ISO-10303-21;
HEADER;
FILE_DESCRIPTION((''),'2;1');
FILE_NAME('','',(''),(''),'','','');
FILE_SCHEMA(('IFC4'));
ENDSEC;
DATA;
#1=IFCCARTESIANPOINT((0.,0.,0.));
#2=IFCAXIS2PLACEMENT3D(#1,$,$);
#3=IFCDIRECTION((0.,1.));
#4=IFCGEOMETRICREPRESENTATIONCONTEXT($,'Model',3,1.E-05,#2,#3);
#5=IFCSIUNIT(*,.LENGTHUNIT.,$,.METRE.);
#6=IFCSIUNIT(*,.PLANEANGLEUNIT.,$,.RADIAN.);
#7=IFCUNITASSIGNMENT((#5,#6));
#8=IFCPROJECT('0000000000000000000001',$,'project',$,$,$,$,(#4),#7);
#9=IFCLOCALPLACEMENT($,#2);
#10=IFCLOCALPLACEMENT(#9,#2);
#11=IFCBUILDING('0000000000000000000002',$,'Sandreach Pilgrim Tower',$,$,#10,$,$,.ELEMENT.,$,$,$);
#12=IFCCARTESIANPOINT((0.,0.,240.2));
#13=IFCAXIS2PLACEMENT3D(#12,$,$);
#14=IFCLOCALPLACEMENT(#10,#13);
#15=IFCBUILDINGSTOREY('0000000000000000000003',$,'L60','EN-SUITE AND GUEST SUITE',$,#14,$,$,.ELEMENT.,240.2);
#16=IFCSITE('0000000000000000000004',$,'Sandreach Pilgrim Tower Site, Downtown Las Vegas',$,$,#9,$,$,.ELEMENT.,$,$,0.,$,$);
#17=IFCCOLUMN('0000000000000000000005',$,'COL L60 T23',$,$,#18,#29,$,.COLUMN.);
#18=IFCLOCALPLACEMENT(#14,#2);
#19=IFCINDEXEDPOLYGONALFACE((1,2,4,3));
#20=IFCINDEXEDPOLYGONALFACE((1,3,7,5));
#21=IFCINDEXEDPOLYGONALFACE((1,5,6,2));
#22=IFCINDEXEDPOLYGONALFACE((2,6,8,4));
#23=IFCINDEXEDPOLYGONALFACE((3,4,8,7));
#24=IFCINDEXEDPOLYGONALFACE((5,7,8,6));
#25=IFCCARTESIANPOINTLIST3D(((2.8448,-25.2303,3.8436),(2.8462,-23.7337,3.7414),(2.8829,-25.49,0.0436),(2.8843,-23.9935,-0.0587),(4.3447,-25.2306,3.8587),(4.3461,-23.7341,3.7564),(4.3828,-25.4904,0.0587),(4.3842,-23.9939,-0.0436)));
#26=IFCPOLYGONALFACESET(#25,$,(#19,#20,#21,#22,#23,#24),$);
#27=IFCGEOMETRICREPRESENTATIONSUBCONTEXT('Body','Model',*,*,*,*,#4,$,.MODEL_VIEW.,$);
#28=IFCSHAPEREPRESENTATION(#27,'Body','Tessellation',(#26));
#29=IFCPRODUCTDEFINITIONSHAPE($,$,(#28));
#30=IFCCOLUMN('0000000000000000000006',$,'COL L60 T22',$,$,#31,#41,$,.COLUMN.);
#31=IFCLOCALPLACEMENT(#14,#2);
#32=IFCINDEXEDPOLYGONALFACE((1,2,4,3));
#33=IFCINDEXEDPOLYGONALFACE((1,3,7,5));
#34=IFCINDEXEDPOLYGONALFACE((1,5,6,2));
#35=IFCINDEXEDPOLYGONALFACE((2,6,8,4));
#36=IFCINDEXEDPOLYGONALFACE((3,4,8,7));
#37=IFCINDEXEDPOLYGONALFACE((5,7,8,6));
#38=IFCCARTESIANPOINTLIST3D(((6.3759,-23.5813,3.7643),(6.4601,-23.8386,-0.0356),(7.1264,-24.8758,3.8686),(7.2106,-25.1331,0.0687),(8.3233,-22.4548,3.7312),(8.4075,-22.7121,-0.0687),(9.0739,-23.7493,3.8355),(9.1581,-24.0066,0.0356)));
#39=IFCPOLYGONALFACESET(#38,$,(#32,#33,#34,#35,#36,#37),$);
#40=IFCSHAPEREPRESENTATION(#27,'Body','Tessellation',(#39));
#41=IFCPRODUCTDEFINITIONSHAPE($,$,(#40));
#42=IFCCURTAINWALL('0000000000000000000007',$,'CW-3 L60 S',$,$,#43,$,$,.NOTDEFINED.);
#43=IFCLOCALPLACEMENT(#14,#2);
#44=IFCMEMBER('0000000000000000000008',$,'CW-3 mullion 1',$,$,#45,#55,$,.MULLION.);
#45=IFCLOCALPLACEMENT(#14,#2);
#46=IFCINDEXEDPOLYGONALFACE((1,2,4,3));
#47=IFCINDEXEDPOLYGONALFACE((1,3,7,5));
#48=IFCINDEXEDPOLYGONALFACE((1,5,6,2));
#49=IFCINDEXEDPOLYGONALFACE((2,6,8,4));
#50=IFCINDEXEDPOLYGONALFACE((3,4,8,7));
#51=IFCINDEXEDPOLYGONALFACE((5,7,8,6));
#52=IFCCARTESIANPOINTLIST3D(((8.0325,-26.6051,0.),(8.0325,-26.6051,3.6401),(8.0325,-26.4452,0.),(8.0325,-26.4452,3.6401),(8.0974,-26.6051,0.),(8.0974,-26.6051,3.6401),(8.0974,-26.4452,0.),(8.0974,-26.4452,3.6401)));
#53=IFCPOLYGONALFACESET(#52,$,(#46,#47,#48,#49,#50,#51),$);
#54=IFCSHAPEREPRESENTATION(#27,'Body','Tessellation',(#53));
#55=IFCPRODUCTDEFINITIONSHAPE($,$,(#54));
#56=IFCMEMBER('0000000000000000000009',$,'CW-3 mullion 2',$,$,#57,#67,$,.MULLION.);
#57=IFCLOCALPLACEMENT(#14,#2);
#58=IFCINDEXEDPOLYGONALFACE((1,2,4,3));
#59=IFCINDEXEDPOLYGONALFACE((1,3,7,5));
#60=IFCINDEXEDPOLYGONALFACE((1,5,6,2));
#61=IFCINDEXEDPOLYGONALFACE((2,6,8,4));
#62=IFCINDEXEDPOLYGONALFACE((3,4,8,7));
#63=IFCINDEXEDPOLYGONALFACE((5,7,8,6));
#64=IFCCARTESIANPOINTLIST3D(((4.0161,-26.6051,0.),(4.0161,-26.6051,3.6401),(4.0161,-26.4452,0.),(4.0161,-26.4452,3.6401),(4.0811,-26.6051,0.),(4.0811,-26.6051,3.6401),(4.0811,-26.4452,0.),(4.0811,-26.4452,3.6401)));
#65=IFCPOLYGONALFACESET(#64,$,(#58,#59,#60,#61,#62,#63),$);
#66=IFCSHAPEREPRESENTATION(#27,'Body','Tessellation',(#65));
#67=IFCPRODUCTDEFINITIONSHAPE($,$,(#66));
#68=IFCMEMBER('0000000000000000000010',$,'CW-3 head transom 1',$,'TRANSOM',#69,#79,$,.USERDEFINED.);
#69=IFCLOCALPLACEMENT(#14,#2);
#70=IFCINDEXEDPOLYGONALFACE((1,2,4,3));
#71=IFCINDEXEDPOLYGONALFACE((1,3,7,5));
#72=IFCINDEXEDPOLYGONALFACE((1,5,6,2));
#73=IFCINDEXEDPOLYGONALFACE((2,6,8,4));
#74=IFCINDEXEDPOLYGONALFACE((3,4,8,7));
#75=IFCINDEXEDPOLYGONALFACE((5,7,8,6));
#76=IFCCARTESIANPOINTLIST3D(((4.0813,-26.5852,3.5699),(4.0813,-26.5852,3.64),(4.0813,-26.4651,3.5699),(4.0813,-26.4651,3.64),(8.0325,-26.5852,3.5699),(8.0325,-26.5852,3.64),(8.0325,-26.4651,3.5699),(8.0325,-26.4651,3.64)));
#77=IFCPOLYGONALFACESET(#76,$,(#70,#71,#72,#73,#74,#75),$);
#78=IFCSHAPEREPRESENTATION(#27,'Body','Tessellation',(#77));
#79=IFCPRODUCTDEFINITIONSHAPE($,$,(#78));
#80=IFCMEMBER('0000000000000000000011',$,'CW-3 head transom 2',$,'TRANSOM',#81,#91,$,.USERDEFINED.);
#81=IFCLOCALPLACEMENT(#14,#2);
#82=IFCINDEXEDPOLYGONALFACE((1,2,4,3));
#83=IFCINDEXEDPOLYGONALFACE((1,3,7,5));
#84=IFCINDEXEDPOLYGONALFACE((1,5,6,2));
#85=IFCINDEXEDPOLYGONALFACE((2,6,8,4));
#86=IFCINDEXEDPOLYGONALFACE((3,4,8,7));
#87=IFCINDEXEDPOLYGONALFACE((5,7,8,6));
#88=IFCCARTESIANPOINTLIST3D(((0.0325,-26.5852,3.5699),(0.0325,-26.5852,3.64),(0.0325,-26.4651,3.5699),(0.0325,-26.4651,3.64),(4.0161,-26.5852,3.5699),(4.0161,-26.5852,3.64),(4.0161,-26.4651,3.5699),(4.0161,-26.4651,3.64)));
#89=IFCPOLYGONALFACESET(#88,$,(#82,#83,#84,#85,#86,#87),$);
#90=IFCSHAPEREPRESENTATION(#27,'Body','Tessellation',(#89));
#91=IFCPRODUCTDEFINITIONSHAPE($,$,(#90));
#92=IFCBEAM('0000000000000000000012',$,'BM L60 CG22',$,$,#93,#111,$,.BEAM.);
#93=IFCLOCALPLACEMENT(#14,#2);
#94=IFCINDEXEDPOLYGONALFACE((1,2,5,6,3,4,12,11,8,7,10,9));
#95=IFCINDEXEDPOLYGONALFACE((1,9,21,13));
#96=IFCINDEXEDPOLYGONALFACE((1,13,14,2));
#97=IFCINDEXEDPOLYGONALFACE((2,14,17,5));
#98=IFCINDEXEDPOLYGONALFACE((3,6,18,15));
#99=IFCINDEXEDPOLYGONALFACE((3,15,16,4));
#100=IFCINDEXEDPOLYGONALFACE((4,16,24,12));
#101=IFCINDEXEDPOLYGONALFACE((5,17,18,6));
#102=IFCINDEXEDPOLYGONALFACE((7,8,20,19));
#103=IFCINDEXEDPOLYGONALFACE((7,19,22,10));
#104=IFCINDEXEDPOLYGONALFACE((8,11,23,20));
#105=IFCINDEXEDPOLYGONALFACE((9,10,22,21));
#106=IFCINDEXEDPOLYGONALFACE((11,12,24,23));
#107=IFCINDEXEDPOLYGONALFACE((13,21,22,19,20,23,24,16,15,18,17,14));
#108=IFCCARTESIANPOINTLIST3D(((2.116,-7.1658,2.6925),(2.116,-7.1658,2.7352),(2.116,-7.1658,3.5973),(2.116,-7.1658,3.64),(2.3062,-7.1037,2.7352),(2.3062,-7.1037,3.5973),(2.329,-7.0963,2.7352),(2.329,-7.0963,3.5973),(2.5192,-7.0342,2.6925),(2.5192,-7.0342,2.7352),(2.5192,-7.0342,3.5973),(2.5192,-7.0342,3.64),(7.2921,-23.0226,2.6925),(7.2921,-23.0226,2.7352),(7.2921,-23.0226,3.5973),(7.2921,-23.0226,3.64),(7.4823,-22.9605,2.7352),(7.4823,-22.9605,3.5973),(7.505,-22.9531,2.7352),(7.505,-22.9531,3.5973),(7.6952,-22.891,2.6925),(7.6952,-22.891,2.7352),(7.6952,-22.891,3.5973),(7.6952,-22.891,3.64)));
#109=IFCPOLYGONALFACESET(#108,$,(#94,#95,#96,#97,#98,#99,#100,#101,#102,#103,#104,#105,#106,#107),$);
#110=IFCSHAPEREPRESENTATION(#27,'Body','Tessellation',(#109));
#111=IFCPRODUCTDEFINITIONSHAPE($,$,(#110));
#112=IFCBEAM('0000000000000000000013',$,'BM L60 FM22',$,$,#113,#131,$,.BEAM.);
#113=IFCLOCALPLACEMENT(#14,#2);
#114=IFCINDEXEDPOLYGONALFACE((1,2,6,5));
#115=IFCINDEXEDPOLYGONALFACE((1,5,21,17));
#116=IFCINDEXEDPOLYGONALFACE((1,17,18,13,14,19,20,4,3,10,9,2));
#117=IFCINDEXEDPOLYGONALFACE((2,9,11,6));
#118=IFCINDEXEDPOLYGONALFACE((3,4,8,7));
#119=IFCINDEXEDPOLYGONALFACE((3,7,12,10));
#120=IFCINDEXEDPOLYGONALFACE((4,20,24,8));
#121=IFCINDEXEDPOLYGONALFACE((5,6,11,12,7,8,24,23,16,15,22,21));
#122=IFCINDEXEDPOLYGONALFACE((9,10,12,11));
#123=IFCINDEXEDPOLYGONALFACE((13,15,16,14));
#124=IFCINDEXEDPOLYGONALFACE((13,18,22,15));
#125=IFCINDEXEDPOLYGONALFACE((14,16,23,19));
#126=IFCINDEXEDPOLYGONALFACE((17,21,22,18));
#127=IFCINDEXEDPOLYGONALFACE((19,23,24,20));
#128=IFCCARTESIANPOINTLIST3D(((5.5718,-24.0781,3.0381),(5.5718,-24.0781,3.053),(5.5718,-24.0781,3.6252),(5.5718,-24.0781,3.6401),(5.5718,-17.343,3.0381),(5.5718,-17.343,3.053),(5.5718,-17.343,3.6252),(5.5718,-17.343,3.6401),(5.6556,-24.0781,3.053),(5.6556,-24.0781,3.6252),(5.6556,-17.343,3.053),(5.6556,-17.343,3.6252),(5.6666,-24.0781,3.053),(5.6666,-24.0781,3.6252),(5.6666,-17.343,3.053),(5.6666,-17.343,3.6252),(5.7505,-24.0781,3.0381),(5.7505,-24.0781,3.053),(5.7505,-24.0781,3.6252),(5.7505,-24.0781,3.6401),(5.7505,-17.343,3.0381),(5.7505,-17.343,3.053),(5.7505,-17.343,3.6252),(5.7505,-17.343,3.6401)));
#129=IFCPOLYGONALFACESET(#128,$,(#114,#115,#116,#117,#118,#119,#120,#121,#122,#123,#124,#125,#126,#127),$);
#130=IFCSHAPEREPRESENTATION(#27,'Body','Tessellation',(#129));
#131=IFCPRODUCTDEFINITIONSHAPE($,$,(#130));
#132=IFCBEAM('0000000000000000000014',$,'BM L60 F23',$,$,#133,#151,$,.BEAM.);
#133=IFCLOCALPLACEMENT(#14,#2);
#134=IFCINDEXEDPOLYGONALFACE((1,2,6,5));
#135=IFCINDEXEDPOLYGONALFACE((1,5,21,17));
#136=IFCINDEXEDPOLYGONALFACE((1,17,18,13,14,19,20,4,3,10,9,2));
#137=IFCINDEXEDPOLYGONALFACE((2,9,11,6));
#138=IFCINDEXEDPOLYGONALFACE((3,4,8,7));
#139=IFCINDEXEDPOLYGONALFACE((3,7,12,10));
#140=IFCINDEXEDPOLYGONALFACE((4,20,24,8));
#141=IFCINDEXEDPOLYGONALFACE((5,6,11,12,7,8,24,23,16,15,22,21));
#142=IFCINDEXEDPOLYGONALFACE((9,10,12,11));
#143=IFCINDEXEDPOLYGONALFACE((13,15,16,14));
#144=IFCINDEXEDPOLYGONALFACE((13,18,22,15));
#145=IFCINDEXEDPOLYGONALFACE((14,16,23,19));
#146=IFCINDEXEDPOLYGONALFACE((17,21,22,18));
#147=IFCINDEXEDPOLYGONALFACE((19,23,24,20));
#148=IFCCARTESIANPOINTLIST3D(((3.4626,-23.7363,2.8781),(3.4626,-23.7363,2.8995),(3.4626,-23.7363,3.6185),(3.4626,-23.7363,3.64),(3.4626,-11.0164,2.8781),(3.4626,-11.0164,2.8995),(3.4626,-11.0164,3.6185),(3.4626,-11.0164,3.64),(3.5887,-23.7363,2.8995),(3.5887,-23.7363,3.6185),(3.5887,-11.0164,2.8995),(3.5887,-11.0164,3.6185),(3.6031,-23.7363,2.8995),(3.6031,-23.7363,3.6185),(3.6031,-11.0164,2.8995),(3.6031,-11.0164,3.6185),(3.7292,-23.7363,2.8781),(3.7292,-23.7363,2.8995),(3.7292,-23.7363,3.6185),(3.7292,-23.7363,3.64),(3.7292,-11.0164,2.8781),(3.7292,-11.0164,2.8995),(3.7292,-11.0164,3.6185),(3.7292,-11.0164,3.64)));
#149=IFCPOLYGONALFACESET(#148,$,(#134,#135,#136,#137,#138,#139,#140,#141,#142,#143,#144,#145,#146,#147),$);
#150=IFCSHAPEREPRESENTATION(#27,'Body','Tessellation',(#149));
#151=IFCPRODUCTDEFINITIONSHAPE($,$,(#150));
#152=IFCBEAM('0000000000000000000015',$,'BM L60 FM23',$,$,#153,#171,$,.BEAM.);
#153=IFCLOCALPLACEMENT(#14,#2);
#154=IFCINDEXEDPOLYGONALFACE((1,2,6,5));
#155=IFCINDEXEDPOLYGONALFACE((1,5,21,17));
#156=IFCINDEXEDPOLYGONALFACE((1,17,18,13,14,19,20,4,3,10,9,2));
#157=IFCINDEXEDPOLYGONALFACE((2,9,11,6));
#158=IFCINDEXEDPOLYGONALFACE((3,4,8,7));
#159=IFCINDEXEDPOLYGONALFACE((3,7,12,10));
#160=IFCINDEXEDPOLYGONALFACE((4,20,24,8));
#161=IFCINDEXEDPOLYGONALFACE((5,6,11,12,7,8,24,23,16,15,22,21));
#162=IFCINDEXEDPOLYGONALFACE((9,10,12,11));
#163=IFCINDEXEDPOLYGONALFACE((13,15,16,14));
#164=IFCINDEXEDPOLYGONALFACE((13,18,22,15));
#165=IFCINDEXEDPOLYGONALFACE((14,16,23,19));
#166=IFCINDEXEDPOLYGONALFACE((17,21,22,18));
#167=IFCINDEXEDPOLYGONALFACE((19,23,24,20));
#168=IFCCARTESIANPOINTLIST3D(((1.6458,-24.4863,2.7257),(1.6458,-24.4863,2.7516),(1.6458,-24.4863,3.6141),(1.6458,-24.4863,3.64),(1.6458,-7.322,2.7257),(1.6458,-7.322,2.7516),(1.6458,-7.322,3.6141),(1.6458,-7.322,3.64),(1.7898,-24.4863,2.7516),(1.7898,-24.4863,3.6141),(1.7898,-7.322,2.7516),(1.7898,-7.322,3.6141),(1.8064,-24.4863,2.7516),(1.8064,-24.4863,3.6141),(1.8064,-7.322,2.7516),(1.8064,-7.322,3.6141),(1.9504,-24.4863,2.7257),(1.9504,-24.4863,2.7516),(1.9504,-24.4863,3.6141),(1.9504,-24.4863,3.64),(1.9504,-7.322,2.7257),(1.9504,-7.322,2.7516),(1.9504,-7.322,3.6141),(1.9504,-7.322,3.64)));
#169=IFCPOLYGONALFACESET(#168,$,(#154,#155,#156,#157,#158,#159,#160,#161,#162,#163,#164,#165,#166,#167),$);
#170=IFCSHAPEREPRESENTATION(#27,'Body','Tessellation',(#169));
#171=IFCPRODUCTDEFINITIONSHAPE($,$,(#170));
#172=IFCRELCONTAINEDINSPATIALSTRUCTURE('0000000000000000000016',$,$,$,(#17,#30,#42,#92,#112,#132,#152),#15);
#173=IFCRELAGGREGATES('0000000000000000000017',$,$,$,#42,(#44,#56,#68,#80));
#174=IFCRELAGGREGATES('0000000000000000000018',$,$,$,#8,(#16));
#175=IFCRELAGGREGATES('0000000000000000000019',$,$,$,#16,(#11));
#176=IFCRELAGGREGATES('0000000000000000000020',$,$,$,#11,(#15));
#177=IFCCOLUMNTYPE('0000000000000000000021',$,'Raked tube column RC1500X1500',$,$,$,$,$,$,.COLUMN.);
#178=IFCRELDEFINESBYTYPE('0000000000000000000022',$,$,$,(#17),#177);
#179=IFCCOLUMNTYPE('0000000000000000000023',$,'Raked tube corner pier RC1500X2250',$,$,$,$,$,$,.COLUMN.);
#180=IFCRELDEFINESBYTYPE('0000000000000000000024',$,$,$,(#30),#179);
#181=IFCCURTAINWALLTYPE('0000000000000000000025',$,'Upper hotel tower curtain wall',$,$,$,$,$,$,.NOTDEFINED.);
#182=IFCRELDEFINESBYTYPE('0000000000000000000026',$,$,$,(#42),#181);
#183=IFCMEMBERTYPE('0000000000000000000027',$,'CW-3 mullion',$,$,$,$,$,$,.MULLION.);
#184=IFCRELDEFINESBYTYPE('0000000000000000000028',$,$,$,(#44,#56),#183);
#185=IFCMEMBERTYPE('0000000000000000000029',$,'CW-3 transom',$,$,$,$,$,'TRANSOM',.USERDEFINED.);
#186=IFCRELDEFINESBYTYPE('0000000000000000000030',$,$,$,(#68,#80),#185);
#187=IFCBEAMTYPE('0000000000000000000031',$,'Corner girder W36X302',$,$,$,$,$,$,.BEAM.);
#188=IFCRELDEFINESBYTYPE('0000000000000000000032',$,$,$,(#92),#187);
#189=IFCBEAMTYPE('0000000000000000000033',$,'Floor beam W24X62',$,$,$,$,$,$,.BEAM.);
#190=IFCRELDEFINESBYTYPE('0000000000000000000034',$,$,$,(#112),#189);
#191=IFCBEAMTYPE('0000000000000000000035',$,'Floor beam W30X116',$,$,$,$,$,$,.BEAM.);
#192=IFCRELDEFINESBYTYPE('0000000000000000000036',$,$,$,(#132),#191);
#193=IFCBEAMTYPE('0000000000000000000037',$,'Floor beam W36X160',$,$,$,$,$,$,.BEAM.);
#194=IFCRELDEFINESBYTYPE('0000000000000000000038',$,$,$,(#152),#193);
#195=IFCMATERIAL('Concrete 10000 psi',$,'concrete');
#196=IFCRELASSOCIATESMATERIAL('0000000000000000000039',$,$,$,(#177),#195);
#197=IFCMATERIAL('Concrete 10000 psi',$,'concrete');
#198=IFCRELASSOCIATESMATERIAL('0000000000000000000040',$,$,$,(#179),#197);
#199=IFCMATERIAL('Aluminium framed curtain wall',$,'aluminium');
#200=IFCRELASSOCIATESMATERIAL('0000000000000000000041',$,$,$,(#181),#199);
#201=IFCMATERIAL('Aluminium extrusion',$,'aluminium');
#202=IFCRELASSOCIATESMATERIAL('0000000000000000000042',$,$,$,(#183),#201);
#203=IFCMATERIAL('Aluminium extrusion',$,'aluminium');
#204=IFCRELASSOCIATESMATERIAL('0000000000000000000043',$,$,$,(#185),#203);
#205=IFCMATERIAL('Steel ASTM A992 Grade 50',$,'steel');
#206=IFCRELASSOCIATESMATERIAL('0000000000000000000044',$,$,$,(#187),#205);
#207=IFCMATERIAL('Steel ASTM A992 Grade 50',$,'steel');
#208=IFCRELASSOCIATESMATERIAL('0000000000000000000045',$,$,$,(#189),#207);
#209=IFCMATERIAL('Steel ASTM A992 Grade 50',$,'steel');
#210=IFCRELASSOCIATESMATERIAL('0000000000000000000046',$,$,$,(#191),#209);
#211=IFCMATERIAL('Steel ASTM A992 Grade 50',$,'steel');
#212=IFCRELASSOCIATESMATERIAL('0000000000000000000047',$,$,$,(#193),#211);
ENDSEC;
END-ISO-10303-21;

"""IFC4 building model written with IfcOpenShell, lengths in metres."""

from ifc_helpers import new_model, si_unit, direction, frame, origin, origin_2d, place, context, subcontext, project, spatial, rectangle, i_section, extrude, material, material_profile, profile_set, type_object, element, aggregate, save


model = new_model("IFC4")

# Units and contexts
model_context = context("Model", 3, precision=1e-05, world=origin(), true_north=direction((0.0, 1.0)))
body_context = subcontext(model_context, "Body", "Model", "MODEL_VIEW")
ifc_project = project(units=[si_unit("LENGTHUNIT", "METRE"), si_unit("PLANEANGLEUNIT", "RADIAN")], contexts=[model_context])

# Site, building, storey
site_placement = place(None, origin())
site = spatial("IfcSite", under=ifc_project, at=site_placement, Name="Sandreach Pilgrim Tower Site, Downtown Las Vegas", CompositionType="ELEMENT", RefElevation=0.0)
building_placement = place(site_placement, origin())
building = spatial("IfcBuilding", under=site, at=building_placement, Name="Sandreach Pilgrim Tower", CompositionType="ELEMENT")
storey_placement = place(building_placement, frame((0.0, 0.0, 240.2)))
storey = spatial("IfcBuildingStorey", under=building, at=storey_placement, Name="L60", Description="EN-SUITE AND GUEST SUITE", CompositionType="ELEMENT", Elevation=240.2)

# Columns
ifc_material_1 = material(Name="Concrete 10000 psi", Category="concrete")
ifc_material_profile_1 = material_profile(ifc_material_1, rectangle(XDim=1.5, YDim=1.5, at=origin_2d()), Name="RC1500X1500")
ifc_profile_set_1 = profile_set([ifc_material_profile_1], Name="Concrete 10000 psi")
column_type_1 = type_object("IfcColumnType", Name="Raked tube column RC1500X1500", PredefinedType="COLUMN", material=ifc_profile_set_1)
column_1_placement = place(storey_placement, frame((3.6335, -24.7419, 0.0), z_axis=(-0.009999, 0.068196, 0.997622), x_axis=(-0.000921, -0.997672, 0.06819)))
element("IfcColumn", 1, at=column_1_placement, inside=storey, type_object=column_type_1, Name="COL L60 T23", PredefinedType="COLUMN", context=body_context, shape_type="SweptSolid", body=[
    extrude(rectangle(XDim=1.5, YDim=1.5, at=origin_2d()), origin(), (0.0, 0.0, 1.0), 3.8091),
])
ifc_material_2 = material(Name="Concrete 10000 psi", Category="concrete")
ifc_material_profile_2 = material_profile(ifc_material_2, rectangle(XDim=1.5, YDim=2.25, at=origin_2d()), Name="RC1500X2250")
ifc_profile_set_2 = profile_set([ifc_material_profile_2], Name="Concrete 10000 psi")
column_type_2 = type_object("IfcColumnType", Name="Raked tube corner pier RC1500X2250", PredefinedType="COLUMN", material=ifc_profile_set_2)
column_2_placement = place(storey_placement, frame((7.8091, -23.9226, 0.0), z_axis=(-0.022109, 0.067545, 0.997471), x_axis=(0.500376, -0.863012, 0.069531)))
element("IfcColumn", 2, at=column_2_placement, inside=storey, type_object=column_type_2, Name="COL L60 T22", PredefinedType="COLUMN", context=body_context, shape_type="SweptSolid", body=[
    extrude(rectangle(XDim=1.5, YDim=2.25, at=origin_2d()), origin(), (0.0, 0.0, 1.0), 3.8096),
])

# Curtain wall, members
ifc_material_3 = material(Name="Aluminium framed curtain wall", Category="aluminium")
curtain_wall_type = type_object("IfcCurtainWallType", Name="Upper hotel tower curtain wall", PredefinedType="NOTDEFINED", material=ifc_material_3)
curtain_wall_placement = place(storey_placement, origin())
curtain_wall = element("IfcCurtainWall", 3, at=curtain_wall_placement, inside=storey, type_object=curtain_wall_type, Name="CW-3 L60 S", PredefinedType="NOTDEFINED")
ifc_material_4 = material(Name="Aluminium extrusion", Category="aluminium")
ifc_material_profile_3 = material_profile(ifc_material_4, rectangle(XDim=0.0649, YDim=0.1599, at=origin_2d()), Name="CW-3M 65X160")
ifc_profile_set_3 = profile_set([ifc_material_profile_3], Name="Aluminium extrusion")
member_type_1 = type_object("IfcMemberType", Name="CW-3 mullion", PredefinedType="MULLION", material=ifc_profile_set_3)
member_1_placement = place(storey_placement, frame((8.0649, -26.5251, 0.0), z_axis=(0.0, 0.0, 1.0), x_axis=(-1.0, 0.0, 0.0)))
member_1 = element("IfcMember", 4, at=member_1_placement, type_object=member_type_1, Name="CW-3 mullion 1", PredefinedType="MULLION", context=body_context, shape_type="SweptSolid", body=[
    extrude(rectangle(XDim=0.0649, YDim=0.1599, at=origin_2d()), origin(), (0.0, 0.0, 1.0), 3.6401),
])
member_2_placement = place(storey_placement, frame((4.0486, -26.5251, 0.0), z_axis=(0.0, 0.0, 1.0), x_axis=(-1.0, 0.0, 0.0)))
member_2 = element("IfcMember", 5, at=member_2_placement, type_object=member_type_1, Name="CW-3 mullion 2", PredefinedType="MULLION", context=body_context, shape_type="SweptSolid", body=[
    extrude(rectangle(XDim=0.0649, YDim=0.1599, at=origin_2d()), origin(), (0.0, 0.0, 1.0), 3.6401),
])
ifc_material_5 = material(Name="Aluminium extrusion", Category="aluminium")
ifc_material_profile_4 = material_profile(ifc_material_5, rectangle(XDim=0.1201, YDim=0.0701, at=origin_2d()), Name="CW-3T 120X70")
ifc_profile_set_4 = profile_set([ifc_material_profile_4], Name="Aluminium extrusion")
member_type_2 = type_object("IfcMemberType", Name="CW-3 transom", ElementType="TRANSOM", PredefinedType="USERDEFINED", material=ifc_profile_set_4)
member_3_placement = place(storey_placement, frame((8.0325, -26.5251, 3.605), z_axis=(-1.0, 0.0, 0.0), x_axis=(0.0, -1.0, 0.0)))
member_3 = element("IfcMember", 6, at=member_3_placement, type_object=member_type_2, Name="CW-3 head transom 1", ObjectType="TRANSOM", PredefinedType="USERDEFINED", context=body_context, shape_type="SweptSolid", body=[
    extrude(rectangle(XDim=0.1201, YDim=0.0701, at=origin_2d()), origin(), (0.0, 0.0, 1.0), 3.9512),
])
member_4_placement = place(storey_placement, frame((4.0161, -26.5251, 3.605), z_axis=(-1.0, 0.0, 0.0), x_axis=(0.0, -1.0, 0.0)))
member_4 = element("IfcMember", 7, at=member_4_placement, type_object=member_type_2, Name="CW-3 head transom 2", ObjectType="TRANSOM", PredefinedType="USERDEFINED", context=body_context, shape_type="SweptSolid", body=[
    extrude(rectangle(XDim=0.1201, YDim=0.0701, at=origin_2d()), origin(), (0.0, 0.0, 1.0), 3.9836),
])

# Beams
ifc_material_6 = material(Name="Steel ASTM A992 Grade 50", Category="steel")
ifc_material_profile_5 = material_profile(ifc_material_6, i_section(OverallWidth=0.4241, OverallDepth=0.9475, WebThickness=0.0239, FlangeThickness=0.0427, at=origin_2d()), Name="W36X302")
ifc_profile_set_5 = profile_set([ifc_material_profile_5], Name="Steel ASTM A992 Grade 50")
beam_type_1 = type_object("IfcBeamType", Name="Corner girder W36X302", PredefinedType="BEAM", material=ifc_profile_set_5)
beam_1_placement = place(storey_placement, frame((7.4937, -22.9568, 3.1663), z_axis=(-0.310311, 0.950635, 0.0), x_axis=(-0.950635, -0.310311, 0.0)))
element("IfcBeam", 8, at=beam_1_placement, inside=storey, type_object=beam_type_1, Name="BM L60 CG22", PredefinedType="BEAM", context=body_context, shape_type="SweptSolid", body=[
    extrude(i_section(OverallWidth=0.4241, OverallDepth=0.9475, WebThickness=0.0239, FlangeThickness=0.0427, at=origin_2d()), origin(), (0.0, 0.0, 1.0), 16.6802),
])
ifc_material_7 = material(Name="Steel ASTM A992 Grade 50", Category="steel")
ifc_material_profile_6 = material_profile(ifc_material_7, i_section(OverallWidth=0.1787, OverallDepth=0.6021, WebThickness=0.011, FlangeThickness=0.0149, at=origin_2d()), Name="W24X62")
ifc_profile_set_6 = profile_set([ifc_material_profile_6], Name="Steel ASTM A992 Grade 50")
beam_type_2 = type_object("IfcBeamType", Name="Floor beam W24X62", PredefinedType="BEAM", material=ifc_profile_set_6)
beam_2_placement = place(storey_placement, frame((5.6611, -24.0781, 3.3391), z_axis=(0.0, 1.0, 0.0), x_axis=(-1.0, 0.0, 0.0)))
element("IfcBeam", 9, at=beam_2_placement, inside=storey, type_object=beam_type_2, Name="BM L60 FM22", PredefinedType="BEAM", context=body_context, shape_type="SweptSolid", body=[
    extrude(i_section(OverallWidth=0.1787, OverallDepth=0.6021, WebThickness=0.011, FlangeThickness=0.0149, at=origin_2d()), origin(), (0.0, 0.0, 1.0), 6.7351),
])
ifc_material_8 = material(Name="Steel ASTM A992 Grade 50", Category="steel")
ifc_material_profile_7 = material_profile(ifc_material_8, i_section(OverallWidth=0.2666, OverallDepth=0.762, WebThickness=0.0144, FlangeThickness=0.0215, at=origin_2d()), Name="W30X116")
ifc_profile_set_7 = profile_set([ifc_material_profile_7], Name="Steel ASTM A992 Grade 50")
beam_type_3 = type_object("IfcBeamType", Name="Floor beam W30X116", PredefinedType="BEAM", material=ifc_profile_set_7)
beam_3_placement = place(storey_placement, frame((3.5959, -23.7363, 3.259), z_axis=(0.0, 1.0, 0.0), x_axis=(-1.0, 0.0, 0.0)))
element("IfcBeam", 10, at=beam_3_placement, inside=storey, type_object=beam_type_3, Name="BM L60 F23", PredefinedType="BEAM", context=body_context, shape_type="SweptSolid", body=[
    extrude(i_section(OverallWidth=0.2666, OverallDepth=0.762, WebThickness=0.0144, FlangeThickness=0.0215, at=origin_2d()), origin(), (0.0, 0.0, 1.0), 12.72),
])
ifc_material_9 = material(Name="Steel ASTM A992 Grade 50", Category="steel")
ifc_material_profile_8 = material_profile(ifc_material_9, i_section(OverallWidth=0.3047, OverallDepth=0.9143, WebThickness=0.0166, FlangeThickness=0.0259, at=origin_2d()), Name="W36X160")
ifc_profile_set_8 = profile_set([ifc_material_profile_8], Name="Steel ASTM A992 Grade 50")
beam_type_4 = type_object("IfcBeamType", Name="Floor beam W36X160", PredefinedType="BEAM", material=ifc_profile_set_8)
beam_4_placement = place(storey_placement, frame((1.7981, -24.4863, 3.1829), z_axis=(0.0, 1.0, 0.0), x_axis=(-1.0, 0.0, 0.0)))
element("IfcBeam", 11, at=beam_4_placement, inside=storey, type_object=beam_type_4, Name="BM L60 FM23", PredefinedType="BEAM", context=body_context, shape_type="SweptSolid", body=[
    extrude(i_section(OverallWidth=0.3047, OverallDepth=0.9143, WebThickness=0.0166, FlangeThickness=0.0259, at=origin_2d()), origin(), (0.0, 0.0, 1.0), 17.1643),
])

aggregate(curtain_wall, [member_1, member_2, member_3, member_4])

save(model, "model.ifc")
